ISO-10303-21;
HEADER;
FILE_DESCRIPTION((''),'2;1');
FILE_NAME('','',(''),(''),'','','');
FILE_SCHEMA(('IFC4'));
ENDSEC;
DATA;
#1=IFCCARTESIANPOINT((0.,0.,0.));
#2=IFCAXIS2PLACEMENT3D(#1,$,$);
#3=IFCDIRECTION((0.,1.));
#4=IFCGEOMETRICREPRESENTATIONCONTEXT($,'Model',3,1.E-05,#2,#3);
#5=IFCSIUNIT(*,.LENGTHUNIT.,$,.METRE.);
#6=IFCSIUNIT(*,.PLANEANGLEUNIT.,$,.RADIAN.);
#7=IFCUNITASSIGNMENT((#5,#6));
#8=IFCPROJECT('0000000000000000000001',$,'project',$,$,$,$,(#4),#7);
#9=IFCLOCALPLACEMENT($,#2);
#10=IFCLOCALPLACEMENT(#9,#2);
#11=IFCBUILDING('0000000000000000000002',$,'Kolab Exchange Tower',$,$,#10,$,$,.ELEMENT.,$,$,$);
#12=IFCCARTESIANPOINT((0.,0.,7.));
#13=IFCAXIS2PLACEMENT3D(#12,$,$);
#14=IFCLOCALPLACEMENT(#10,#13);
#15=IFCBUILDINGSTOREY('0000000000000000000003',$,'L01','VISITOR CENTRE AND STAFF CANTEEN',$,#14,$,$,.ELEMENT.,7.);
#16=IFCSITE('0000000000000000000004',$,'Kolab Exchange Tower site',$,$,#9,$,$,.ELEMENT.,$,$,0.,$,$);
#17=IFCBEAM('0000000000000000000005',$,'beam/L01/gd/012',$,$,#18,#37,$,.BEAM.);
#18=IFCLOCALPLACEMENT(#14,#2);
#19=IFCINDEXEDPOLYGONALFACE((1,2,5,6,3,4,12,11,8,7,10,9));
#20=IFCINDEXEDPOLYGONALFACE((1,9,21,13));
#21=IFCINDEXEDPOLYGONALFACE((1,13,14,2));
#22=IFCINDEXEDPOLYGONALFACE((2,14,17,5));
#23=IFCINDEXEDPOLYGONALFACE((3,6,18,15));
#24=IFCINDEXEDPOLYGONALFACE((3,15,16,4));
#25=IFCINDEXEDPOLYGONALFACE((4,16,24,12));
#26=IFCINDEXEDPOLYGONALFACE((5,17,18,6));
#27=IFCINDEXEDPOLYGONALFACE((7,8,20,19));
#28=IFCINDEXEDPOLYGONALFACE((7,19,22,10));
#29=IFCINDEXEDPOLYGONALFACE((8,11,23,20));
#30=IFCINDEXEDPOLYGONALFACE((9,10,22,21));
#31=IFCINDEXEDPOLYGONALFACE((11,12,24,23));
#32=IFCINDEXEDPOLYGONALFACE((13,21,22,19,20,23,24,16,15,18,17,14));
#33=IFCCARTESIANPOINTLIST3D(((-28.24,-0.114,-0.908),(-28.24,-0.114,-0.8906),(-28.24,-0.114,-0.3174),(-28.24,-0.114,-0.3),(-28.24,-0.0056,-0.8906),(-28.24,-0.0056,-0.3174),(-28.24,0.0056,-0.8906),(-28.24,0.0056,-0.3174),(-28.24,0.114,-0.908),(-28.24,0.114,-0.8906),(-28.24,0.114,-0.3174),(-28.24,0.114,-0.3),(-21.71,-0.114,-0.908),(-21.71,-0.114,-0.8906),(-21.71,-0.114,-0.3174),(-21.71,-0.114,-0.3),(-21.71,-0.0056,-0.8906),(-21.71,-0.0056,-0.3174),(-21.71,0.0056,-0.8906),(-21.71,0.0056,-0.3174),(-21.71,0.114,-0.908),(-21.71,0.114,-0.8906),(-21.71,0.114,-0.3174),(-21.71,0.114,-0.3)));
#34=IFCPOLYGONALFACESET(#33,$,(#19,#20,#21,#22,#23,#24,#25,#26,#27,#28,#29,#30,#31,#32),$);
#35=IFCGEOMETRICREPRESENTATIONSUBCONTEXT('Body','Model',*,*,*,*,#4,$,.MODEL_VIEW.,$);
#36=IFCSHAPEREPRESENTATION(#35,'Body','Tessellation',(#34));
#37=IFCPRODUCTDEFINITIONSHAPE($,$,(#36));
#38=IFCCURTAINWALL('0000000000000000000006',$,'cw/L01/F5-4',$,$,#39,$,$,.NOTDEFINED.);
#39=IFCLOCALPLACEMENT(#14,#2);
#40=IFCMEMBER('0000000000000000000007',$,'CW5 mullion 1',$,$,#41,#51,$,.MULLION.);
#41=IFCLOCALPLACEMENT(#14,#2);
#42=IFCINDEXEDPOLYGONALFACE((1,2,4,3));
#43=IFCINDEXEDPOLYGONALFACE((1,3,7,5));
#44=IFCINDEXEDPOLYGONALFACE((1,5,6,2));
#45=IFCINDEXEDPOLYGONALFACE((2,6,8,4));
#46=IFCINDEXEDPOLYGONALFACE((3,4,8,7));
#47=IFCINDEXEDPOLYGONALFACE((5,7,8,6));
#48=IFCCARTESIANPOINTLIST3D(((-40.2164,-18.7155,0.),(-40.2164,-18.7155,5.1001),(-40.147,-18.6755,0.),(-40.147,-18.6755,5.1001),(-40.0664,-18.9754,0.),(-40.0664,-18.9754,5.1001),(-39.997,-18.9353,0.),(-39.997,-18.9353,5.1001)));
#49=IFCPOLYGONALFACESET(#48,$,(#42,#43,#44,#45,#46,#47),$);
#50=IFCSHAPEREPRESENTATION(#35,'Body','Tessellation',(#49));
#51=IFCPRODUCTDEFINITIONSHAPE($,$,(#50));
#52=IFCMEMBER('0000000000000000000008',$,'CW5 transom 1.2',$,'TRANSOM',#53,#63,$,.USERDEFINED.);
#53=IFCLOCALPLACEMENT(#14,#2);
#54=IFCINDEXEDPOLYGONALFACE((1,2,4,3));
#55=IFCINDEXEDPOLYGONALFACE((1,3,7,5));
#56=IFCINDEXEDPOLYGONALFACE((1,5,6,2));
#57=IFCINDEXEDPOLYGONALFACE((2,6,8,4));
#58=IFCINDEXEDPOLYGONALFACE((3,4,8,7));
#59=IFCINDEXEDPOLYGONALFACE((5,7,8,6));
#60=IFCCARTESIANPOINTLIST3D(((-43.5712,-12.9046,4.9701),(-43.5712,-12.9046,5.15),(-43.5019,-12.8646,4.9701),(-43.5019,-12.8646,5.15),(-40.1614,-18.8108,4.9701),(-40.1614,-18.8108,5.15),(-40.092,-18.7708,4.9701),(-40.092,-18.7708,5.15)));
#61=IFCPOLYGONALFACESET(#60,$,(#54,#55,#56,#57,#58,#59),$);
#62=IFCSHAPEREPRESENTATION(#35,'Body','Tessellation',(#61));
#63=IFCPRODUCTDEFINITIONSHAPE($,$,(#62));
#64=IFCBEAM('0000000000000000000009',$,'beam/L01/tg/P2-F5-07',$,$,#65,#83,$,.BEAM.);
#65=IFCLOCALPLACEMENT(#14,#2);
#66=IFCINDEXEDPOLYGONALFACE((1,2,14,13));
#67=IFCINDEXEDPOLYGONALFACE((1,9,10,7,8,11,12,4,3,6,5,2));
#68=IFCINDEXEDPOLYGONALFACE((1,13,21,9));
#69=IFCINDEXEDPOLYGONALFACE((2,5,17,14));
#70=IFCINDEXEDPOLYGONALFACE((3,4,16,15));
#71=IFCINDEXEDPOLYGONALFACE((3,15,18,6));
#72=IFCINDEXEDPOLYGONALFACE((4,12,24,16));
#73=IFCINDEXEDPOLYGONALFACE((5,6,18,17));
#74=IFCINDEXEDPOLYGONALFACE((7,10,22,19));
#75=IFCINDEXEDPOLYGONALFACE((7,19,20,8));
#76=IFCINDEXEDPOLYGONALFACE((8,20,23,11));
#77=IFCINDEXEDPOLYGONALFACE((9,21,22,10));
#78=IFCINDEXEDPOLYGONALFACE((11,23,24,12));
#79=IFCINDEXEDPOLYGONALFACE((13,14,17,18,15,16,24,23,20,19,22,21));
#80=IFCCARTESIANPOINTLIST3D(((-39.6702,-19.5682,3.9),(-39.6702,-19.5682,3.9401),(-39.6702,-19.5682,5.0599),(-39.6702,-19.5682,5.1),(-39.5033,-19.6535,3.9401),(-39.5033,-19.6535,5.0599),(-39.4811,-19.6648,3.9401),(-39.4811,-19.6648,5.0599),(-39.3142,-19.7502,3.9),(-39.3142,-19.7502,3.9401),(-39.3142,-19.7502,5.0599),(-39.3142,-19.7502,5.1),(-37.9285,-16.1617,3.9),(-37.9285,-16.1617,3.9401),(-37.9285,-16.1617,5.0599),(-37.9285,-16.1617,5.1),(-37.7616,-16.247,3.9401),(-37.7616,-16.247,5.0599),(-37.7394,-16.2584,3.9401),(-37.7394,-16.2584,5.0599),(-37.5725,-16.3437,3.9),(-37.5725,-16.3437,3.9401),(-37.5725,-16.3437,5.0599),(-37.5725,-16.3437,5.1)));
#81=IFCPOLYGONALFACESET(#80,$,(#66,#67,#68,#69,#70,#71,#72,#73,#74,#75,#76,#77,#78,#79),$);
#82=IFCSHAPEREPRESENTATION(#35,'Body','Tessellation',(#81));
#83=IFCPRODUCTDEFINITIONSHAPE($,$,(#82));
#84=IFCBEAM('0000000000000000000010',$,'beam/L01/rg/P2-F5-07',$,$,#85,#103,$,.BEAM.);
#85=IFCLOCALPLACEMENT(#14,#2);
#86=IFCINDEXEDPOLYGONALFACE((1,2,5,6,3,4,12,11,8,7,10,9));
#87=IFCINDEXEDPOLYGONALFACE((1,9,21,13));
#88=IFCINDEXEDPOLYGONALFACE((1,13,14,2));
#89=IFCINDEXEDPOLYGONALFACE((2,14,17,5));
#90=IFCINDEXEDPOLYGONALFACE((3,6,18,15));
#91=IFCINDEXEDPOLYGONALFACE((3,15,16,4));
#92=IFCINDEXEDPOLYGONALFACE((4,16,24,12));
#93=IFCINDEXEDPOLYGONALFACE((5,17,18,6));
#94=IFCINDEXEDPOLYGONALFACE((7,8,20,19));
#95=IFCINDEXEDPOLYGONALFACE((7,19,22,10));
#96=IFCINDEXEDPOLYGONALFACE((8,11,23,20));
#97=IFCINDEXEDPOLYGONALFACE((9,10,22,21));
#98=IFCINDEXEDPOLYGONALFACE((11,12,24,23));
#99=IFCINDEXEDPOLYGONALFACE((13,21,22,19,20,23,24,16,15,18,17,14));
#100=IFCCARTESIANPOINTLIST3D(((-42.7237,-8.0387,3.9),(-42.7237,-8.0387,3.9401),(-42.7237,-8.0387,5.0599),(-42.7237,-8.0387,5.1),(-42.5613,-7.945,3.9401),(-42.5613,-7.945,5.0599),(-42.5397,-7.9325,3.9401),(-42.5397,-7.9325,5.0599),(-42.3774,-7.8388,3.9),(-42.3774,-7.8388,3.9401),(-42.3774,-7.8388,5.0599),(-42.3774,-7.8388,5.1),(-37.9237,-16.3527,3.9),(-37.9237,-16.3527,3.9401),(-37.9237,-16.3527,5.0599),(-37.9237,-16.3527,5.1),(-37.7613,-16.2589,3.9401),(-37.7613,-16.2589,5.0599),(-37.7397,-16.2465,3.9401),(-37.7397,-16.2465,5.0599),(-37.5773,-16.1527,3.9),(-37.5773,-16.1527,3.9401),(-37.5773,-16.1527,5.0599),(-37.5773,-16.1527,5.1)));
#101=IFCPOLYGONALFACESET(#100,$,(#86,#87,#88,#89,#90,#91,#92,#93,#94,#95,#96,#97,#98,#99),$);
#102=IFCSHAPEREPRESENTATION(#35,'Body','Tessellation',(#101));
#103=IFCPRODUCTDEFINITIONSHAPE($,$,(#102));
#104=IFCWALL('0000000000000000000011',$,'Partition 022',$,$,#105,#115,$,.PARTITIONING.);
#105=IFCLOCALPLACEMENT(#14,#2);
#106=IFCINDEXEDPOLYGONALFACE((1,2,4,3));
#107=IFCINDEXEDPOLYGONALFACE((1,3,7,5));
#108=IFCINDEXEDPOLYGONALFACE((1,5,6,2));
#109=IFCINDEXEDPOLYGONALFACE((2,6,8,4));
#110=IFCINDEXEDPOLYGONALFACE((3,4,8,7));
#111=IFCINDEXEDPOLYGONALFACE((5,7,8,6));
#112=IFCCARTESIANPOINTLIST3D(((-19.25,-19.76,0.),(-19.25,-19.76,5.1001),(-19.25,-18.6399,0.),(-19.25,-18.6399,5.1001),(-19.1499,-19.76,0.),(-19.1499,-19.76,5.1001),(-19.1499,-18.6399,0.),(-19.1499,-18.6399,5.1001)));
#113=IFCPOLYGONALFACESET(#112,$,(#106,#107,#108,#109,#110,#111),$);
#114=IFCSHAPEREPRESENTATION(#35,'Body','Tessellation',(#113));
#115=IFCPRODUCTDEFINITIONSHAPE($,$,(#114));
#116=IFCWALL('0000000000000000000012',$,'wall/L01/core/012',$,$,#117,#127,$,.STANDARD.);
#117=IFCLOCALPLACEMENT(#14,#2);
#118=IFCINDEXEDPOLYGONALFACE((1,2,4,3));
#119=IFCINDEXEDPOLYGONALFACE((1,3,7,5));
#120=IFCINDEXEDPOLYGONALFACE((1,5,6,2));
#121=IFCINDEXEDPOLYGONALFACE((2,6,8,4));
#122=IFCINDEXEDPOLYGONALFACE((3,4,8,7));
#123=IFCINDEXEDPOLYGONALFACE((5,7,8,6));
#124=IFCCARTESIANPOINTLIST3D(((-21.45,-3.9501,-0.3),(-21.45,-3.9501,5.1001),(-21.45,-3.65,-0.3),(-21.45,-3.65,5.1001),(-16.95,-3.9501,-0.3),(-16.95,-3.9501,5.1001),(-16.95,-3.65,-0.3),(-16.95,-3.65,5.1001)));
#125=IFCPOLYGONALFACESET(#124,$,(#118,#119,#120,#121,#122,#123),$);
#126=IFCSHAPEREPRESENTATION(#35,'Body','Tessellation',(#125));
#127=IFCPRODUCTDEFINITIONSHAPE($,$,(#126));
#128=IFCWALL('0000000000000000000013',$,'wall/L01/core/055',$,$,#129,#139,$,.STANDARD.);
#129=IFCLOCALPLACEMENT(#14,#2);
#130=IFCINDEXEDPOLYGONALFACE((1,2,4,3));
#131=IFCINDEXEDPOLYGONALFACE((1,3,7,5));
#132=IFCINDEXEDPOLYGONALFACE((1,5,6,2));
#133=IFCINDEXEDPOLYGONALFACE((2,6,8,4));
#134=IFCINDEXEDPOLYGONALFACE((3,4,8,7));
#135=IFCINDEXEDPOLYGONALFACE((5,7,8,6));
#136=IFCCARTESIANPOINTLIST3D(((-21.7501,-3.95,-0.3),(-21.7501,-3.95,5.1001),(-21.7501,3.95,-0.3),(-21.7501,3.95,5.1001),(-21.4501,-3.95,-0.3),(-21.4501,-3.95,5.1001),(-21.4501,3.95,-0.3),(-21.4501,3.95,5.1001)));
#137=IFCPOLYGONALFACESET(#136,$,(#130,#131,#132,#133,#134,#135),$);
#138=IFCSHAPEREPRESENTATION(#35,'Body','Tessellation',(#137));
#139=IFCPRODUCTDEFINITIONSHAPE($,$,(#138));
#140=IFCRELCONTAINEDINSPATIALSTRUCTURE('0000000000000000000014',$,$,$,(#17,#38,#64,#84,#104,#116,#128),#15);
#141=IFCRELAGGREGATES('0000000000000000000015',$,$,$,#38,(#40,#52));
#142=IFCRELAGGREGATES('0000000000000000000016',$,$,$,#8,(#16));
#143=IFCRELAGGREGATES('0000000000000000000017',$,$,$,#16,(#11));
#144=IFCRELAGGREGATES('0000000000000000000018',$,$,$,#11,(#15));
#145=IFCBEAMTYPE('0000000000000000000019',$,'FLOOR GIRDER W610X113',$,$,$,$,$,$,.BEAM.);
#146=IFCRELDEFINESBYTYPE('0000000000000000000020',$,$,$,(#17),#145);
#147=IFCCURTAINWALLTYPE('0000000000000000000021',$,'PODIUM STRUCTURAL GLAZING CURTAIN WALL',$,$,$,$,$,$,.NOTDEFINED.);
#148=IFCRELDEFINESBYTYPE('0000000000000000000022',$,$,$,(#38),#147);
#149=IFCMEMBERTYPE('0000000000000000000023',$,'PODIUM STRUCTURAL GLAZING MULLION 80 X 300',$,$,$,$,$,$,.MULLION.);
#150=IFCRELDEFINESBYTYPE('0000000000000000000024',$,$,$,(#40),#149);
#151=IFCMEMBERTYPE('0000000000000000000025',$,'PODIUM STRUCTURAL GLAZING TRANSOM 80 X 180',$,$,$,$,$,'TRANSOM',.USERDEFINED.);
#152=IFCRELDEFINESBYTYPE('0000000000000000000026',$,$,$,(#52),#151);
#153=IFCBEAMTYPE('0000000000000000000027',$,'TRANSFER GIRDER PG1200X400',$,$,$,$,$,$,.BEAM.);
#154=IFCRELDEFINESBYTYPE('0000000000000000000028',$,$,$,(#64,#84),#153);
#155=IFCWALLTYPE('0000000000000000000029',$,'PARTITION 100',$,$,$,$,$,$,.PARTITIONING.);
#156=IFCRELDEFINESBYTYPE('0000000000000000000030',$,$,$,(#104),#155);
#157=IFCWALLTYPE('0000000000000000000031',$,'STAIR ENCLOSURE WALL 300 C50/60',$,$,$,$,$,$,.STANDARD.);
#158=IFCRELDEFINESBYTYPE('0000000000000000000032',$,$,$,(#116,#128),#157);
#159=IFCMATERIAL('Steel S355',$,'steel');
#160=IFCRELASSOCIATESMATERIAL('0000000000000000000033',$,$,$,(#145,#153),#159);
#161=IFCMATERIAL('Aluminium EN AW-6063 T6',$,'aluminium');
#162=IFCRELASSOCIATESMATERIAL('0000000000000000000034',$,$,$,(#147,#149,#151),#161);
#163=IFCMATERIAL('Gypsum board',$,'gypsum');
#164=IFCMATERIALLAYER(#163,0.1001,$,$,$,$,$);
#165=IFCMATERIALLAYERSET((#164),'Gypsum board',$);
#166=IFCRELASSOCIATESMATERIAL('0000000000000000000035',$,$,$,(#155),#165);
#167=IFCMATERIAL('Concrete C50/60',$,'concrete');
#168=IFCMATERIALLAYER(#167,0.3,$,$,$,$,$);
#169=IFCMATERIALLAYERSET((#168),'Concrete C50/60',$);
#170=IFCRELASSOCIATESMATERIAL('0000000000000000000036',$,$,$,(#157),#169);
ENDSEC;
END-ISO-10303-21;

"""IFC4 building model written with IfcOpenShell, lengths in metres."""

from ifc_helpers import new_model, si_unit, direction, frame, frame_2d, origin, origin_2d, place, context, subcontext, project, spatial, rectangle, i_section, extrude, material, layer, layer_set, material_profile, profile_set, type_object, element, aggregate, save


model = new_model("IFC4")

# Units and contexts
model_context = context("Model", 3, precision=1e-05, world=origin(), true_north=direction((0.0, 1.0)))
body_context = subcontext(model_context, "Body", "Model", "MODEL_VIEW")
ifc_project = project(units=[si_unit("LENGTHUNIT", "METRE"), si_unit("PLANEANGLEUNIT", "RADIAN")], contexts=[model_context])

# Site, building, storey
site_placement = place(None, origin())
site = spatial("IfcSite", under=ifc_project, at=site_placement, Name="Kolab Exchange Tower site", CompositionType="ELEMENT", RefElevation=0.0)
building_placement = place(site_placement, origin())
building = spatial("IfcBuilding", under=site, at=building_placement, Name="Kolab Exchange Tower", CompositionType="ELEMENT")
storey_placement = place(building_placement, frame((0.0, 0.0, 7.0)))
storey = spatial("IfcBuildingStorey", under=building, at=storey_placement, Name="L01", Description="VISITOR CENTRE AND STAFF CANTEEN", CompositionType="ELEMENT", Elevation=7.0)

# Beam
ifc_material_1 = material(Name="Steel S355", Category="steel")
ifc_material_profile_1 = material_profile(ifc_material_1, i_section(OverallWidth=0.228, OverallDepth=0.6079, WebThickness=0.0112, FlangeThickness=0.0173, at=origin_2d()), Name="W610X113")
ifc_profile_set_1 = profile_set([ifc_material_profile_1], Name="Steel S355")
beam_type_1 = type_object("IfcBeamType", Name="FLOOR GIRDER W610X113", PredefinedType="BEAM", material=ifc_profile_set_1)
beam_1_placement = place(storey_placement, frame((-28.24, 0.0, -0.604), z_axis=(1.0, 0.0, 0.0), x_axis=(0.0, 1.0, 0.0)))
element("IfcBeam", 1, at=beam_1_placement, inside=storey, type_object=beam_type_1, Name="beam/L01/gd/012", PredefinedType="BEAM", context=body_context, shape_type="SweptSolid", body=[
    extrude(i_section(OverallWidth=0.228, OverallDepth=0.6079, WebThickness=0.0112, FlangeThickness=0.0173, at=origin_2d()), origin(), (0.0, 0.0, 1.0), 6.53),
])

# Curtain wall, members
ifc_material_2 = material(Name="Aluminium EN AW-6063 T6", Category="aluminium")
curtain_wall_type = type_object("IfcCurtainWallType", Name="PODIUM STRUCTURAL GLAZING CURTAIN WALL", PredefinedType="NOTDEFINED", material=ifc_material_2)
curtain_wall_placement = place(storey_placement, origin())
curtain_wall = element("IfcCurtainWall", 2, at=curtain_wall_placement, inside=storey, type_object=curtain_wall_type, Name="cw/L01/F5-4", PredefinedType="NOTDEFINED")
ifc_material_profile_2 = material_profile(ifc_material_2, rectangle(XDim=0.0801, YDim=0.3, at=origin_2d()), Name="RECT 80X300")
ifc_profile_set_2 = profile_set([ifc_material_profile_2], Name="Aluminium EN AW-6063 T6")
member_type_1 = type_object("IfcMemberType", Name="PODIUM STRUCTURAL GLAZING MULLION 80 X 300", PredefinedType="MULLION", material=ifc_profile_set_2)
member_1_placement = place(storey_placement, frame((-40.1067, -18.8254, 0.0), z_axis=(0.0, 0.0, 1.0), x_axis=(-0.866025, -0.5, 0.0)))
member_1 = element("IfcMember", 3, at=member_1_placement, type_object=member_type_1, Name="CW5 mullion 1", PredefinedType="MULLION", context=body_context, shape_type="SweptSolid", body=[
    extrude(rectangle(XDim=0.0801, YDim=0.3, at=origin_2d()), origin(), (0.0, 0.0, 1.0), 5.1001),
])
ifc_material_profile_3 = material_profile(ifc_material_2, rectangle(XDim=0.0801, YDim=0.1799, at=origin_2d()), Name="RECT 80X180")
ifc_profile_set_3 = profile_set([ifc_material_profile_3], Name="Aluminium EN AW-6063 T6")
member_type_2 = type_object("IfcMemberType", Name="PODIUM STRUCTURAL GLAZING TRANSOM 80 X 180", ElementType="TRANSOM", PredefinedType="USERDEFINED", material=ifc_profile_set_3)
member_2_placement = place(storey_placement, frame((-40.1267, -18.7908, 5.0601), z_axis=(-0.499993, 0.866029, 0.0), x_axis=(-0.866029, -0.499993, 0.0)))
member_2 = element("IfcMember", 4, at=member_2_placement, type_object=member_type_2, Name="CW5 transom 1.2", ObjectType="TRANSOM", PredefinedType="USERDEFINED", context=body_context, shape_type="SweptSolid", body=[
    extrude(rectangle(XDim=0.0801, YDim=0.1799, at=origin_2d()), origin(), (0.0, 0.0, 1.0), 6.8198),
])
aggregate(curtain_wall, [member_1, member_2])

# Beams
ifc_material_profile_4 = material_profile(ifc_material_1, i_section(OverallWidth=0.3999, OverallDepth=1.2, WebThickness=0.0249, FlangeThickness=0.04, at=origin_2d()), Name="PG1200X400")
ifc_profile_set_4 = profile_set([ifc_material_profile_4], Name="Steel S355")
beam_type_2 = type_object("IfcBeamType", Name="TRANSFER GIRDER PG1200X400", PredefinedType="BEAM", material=ifc_profile_set_4)
beam_2_placement = place(storey_placement, frame((-37.7505, -16.2527, 4.5), z_axis=(-0.455236, -0.890371, 0.0), x_axis=(0.890371, -0.455236, 0.0)))
element("IfcBeam", 5, at=beam_2_placement, inside=storey, type_object=beam_type_2, Name="beam/L01/tg/P2-F5-07", PredefinedType="BEAM", context=body_context, shape_type="SweptSolid", body=[
    extrude(i_section(OverallWidth=0.3999, OverallDepth=1.2, WebThickness=0.0249, FlangeThickness=0.04, at=origin_2d()), origin(), (0.0, 0.0, 1.0), 3.8259),
])
beam_3_placement = place(storey_placement, frame((-37.7505, -16.2527, 4.5), z_axis=(-0.499998, 0.866026, 0.0), x_axis=(-0.866026, -0.499998, 0.0)))
element("IfcBeam", 6, at=beam_3_placement, inside=storey, type_object=beam_type_2, Name="beam/L01/rg/P2-F5-07", PredefinedType="BEAM", context=body_context, shape_type="SweptSolid", body=[
    extrude(i_section(OverallWidth=0.3999, OverallDepth=1.2, WebThickness=0.0249, FlangeThickness=0.04, at=origin_2d()), origin(), (0.0, 0.0, 1.0), 9.6001),
])

# Walls
ifc_material_3 = material(Name="Gypsum board", Category="gypsum")
ifc_layer_1 = layer(ifc_material_3, 0.1001)
ifc_layer_set_1 = layer_set([ifc_layer_1], Name="Gypsum board")
wall_type_1 = type_object("IfcWallType", Name="PARTITION 100", PredefinedType="PARTITIONING", material=ifc_layer_set_1)
wall_1_placement = place(storey_placement, frame((-19.2, -19.76, 0.0), z_axis=(0.0, 0.0, 1.0), x_axis=(0.0, 1.0, 0.0)))
element("IfcWall", 7, at=wall_1_placement, inside=storey, type_object=wall_type_1, Name="Partition 022", PredefinedType="PARTITIONING", context=body_context, shape_type="SweptSolid", body=[
    extrude(rectangle(XDim=1.1201, YDim=0.1001, at=frame_2d((0.5601, 0.0))), origin(), (0.0, 0.0, 1.0), 5.1001),
])
ifc_material_4 = material(Name="Concrete C50/60", Category="concrete")
ifc_layer_2 = layer(ifc_material_4, 0.3)
ifc_layer_set_2 = layer_set([ifc_layer_2], Name="Concrete C50/60")
wall_type_2 = type_object("IfcWallType", Name="STAIR ENCLOSURE WALL 300 C50/60", PredefinedType="STANDARD", material=ifc_layer_set_2)
wall_2_placement = place(storey_placement, frame((-21.45, -3.8, -0.3), z_axis=(0.0, 0.0, 1.0), x_axis=(1.0, 0.0, 0.0)))
element("IfcWall", 8, at=wall_2_placement, inside=storey, type_object=wall_type_2, Name="wall/L01/core/012", PredefinedType="STANDARD", context=body_context, shape_type="SweptSolid", body=[
    extrude(rectangle(XDim=4.5, YDim=0.3, at=frame_2d((2.25, 0.0))), origin(), (0.0, 0.0, 1.0), 5.4001),
])
wall_3_placement = place(storey_placement, frame((-21.6001, -3.95, -0.3), z_axis=(0.0, 0.0, 1.0), x_axis=(0.0, 1.0, 0.0)))
element("IfcWall", 9, at=wall_3_placement, inside=storey, type_object=wall_type_2, Name="wall/L01/core/055", PredefinedType="STANDARD", context=body_context, shape_type="SweptSolid", body=[
    extrude(rectangle(XDim=7.8999, YDim=0.3, at=frame_2d((3.95, 0.0))), origin(), (0.0, 0.0, 1.0), 5.4001),
])

save(model, "model.ifc")
